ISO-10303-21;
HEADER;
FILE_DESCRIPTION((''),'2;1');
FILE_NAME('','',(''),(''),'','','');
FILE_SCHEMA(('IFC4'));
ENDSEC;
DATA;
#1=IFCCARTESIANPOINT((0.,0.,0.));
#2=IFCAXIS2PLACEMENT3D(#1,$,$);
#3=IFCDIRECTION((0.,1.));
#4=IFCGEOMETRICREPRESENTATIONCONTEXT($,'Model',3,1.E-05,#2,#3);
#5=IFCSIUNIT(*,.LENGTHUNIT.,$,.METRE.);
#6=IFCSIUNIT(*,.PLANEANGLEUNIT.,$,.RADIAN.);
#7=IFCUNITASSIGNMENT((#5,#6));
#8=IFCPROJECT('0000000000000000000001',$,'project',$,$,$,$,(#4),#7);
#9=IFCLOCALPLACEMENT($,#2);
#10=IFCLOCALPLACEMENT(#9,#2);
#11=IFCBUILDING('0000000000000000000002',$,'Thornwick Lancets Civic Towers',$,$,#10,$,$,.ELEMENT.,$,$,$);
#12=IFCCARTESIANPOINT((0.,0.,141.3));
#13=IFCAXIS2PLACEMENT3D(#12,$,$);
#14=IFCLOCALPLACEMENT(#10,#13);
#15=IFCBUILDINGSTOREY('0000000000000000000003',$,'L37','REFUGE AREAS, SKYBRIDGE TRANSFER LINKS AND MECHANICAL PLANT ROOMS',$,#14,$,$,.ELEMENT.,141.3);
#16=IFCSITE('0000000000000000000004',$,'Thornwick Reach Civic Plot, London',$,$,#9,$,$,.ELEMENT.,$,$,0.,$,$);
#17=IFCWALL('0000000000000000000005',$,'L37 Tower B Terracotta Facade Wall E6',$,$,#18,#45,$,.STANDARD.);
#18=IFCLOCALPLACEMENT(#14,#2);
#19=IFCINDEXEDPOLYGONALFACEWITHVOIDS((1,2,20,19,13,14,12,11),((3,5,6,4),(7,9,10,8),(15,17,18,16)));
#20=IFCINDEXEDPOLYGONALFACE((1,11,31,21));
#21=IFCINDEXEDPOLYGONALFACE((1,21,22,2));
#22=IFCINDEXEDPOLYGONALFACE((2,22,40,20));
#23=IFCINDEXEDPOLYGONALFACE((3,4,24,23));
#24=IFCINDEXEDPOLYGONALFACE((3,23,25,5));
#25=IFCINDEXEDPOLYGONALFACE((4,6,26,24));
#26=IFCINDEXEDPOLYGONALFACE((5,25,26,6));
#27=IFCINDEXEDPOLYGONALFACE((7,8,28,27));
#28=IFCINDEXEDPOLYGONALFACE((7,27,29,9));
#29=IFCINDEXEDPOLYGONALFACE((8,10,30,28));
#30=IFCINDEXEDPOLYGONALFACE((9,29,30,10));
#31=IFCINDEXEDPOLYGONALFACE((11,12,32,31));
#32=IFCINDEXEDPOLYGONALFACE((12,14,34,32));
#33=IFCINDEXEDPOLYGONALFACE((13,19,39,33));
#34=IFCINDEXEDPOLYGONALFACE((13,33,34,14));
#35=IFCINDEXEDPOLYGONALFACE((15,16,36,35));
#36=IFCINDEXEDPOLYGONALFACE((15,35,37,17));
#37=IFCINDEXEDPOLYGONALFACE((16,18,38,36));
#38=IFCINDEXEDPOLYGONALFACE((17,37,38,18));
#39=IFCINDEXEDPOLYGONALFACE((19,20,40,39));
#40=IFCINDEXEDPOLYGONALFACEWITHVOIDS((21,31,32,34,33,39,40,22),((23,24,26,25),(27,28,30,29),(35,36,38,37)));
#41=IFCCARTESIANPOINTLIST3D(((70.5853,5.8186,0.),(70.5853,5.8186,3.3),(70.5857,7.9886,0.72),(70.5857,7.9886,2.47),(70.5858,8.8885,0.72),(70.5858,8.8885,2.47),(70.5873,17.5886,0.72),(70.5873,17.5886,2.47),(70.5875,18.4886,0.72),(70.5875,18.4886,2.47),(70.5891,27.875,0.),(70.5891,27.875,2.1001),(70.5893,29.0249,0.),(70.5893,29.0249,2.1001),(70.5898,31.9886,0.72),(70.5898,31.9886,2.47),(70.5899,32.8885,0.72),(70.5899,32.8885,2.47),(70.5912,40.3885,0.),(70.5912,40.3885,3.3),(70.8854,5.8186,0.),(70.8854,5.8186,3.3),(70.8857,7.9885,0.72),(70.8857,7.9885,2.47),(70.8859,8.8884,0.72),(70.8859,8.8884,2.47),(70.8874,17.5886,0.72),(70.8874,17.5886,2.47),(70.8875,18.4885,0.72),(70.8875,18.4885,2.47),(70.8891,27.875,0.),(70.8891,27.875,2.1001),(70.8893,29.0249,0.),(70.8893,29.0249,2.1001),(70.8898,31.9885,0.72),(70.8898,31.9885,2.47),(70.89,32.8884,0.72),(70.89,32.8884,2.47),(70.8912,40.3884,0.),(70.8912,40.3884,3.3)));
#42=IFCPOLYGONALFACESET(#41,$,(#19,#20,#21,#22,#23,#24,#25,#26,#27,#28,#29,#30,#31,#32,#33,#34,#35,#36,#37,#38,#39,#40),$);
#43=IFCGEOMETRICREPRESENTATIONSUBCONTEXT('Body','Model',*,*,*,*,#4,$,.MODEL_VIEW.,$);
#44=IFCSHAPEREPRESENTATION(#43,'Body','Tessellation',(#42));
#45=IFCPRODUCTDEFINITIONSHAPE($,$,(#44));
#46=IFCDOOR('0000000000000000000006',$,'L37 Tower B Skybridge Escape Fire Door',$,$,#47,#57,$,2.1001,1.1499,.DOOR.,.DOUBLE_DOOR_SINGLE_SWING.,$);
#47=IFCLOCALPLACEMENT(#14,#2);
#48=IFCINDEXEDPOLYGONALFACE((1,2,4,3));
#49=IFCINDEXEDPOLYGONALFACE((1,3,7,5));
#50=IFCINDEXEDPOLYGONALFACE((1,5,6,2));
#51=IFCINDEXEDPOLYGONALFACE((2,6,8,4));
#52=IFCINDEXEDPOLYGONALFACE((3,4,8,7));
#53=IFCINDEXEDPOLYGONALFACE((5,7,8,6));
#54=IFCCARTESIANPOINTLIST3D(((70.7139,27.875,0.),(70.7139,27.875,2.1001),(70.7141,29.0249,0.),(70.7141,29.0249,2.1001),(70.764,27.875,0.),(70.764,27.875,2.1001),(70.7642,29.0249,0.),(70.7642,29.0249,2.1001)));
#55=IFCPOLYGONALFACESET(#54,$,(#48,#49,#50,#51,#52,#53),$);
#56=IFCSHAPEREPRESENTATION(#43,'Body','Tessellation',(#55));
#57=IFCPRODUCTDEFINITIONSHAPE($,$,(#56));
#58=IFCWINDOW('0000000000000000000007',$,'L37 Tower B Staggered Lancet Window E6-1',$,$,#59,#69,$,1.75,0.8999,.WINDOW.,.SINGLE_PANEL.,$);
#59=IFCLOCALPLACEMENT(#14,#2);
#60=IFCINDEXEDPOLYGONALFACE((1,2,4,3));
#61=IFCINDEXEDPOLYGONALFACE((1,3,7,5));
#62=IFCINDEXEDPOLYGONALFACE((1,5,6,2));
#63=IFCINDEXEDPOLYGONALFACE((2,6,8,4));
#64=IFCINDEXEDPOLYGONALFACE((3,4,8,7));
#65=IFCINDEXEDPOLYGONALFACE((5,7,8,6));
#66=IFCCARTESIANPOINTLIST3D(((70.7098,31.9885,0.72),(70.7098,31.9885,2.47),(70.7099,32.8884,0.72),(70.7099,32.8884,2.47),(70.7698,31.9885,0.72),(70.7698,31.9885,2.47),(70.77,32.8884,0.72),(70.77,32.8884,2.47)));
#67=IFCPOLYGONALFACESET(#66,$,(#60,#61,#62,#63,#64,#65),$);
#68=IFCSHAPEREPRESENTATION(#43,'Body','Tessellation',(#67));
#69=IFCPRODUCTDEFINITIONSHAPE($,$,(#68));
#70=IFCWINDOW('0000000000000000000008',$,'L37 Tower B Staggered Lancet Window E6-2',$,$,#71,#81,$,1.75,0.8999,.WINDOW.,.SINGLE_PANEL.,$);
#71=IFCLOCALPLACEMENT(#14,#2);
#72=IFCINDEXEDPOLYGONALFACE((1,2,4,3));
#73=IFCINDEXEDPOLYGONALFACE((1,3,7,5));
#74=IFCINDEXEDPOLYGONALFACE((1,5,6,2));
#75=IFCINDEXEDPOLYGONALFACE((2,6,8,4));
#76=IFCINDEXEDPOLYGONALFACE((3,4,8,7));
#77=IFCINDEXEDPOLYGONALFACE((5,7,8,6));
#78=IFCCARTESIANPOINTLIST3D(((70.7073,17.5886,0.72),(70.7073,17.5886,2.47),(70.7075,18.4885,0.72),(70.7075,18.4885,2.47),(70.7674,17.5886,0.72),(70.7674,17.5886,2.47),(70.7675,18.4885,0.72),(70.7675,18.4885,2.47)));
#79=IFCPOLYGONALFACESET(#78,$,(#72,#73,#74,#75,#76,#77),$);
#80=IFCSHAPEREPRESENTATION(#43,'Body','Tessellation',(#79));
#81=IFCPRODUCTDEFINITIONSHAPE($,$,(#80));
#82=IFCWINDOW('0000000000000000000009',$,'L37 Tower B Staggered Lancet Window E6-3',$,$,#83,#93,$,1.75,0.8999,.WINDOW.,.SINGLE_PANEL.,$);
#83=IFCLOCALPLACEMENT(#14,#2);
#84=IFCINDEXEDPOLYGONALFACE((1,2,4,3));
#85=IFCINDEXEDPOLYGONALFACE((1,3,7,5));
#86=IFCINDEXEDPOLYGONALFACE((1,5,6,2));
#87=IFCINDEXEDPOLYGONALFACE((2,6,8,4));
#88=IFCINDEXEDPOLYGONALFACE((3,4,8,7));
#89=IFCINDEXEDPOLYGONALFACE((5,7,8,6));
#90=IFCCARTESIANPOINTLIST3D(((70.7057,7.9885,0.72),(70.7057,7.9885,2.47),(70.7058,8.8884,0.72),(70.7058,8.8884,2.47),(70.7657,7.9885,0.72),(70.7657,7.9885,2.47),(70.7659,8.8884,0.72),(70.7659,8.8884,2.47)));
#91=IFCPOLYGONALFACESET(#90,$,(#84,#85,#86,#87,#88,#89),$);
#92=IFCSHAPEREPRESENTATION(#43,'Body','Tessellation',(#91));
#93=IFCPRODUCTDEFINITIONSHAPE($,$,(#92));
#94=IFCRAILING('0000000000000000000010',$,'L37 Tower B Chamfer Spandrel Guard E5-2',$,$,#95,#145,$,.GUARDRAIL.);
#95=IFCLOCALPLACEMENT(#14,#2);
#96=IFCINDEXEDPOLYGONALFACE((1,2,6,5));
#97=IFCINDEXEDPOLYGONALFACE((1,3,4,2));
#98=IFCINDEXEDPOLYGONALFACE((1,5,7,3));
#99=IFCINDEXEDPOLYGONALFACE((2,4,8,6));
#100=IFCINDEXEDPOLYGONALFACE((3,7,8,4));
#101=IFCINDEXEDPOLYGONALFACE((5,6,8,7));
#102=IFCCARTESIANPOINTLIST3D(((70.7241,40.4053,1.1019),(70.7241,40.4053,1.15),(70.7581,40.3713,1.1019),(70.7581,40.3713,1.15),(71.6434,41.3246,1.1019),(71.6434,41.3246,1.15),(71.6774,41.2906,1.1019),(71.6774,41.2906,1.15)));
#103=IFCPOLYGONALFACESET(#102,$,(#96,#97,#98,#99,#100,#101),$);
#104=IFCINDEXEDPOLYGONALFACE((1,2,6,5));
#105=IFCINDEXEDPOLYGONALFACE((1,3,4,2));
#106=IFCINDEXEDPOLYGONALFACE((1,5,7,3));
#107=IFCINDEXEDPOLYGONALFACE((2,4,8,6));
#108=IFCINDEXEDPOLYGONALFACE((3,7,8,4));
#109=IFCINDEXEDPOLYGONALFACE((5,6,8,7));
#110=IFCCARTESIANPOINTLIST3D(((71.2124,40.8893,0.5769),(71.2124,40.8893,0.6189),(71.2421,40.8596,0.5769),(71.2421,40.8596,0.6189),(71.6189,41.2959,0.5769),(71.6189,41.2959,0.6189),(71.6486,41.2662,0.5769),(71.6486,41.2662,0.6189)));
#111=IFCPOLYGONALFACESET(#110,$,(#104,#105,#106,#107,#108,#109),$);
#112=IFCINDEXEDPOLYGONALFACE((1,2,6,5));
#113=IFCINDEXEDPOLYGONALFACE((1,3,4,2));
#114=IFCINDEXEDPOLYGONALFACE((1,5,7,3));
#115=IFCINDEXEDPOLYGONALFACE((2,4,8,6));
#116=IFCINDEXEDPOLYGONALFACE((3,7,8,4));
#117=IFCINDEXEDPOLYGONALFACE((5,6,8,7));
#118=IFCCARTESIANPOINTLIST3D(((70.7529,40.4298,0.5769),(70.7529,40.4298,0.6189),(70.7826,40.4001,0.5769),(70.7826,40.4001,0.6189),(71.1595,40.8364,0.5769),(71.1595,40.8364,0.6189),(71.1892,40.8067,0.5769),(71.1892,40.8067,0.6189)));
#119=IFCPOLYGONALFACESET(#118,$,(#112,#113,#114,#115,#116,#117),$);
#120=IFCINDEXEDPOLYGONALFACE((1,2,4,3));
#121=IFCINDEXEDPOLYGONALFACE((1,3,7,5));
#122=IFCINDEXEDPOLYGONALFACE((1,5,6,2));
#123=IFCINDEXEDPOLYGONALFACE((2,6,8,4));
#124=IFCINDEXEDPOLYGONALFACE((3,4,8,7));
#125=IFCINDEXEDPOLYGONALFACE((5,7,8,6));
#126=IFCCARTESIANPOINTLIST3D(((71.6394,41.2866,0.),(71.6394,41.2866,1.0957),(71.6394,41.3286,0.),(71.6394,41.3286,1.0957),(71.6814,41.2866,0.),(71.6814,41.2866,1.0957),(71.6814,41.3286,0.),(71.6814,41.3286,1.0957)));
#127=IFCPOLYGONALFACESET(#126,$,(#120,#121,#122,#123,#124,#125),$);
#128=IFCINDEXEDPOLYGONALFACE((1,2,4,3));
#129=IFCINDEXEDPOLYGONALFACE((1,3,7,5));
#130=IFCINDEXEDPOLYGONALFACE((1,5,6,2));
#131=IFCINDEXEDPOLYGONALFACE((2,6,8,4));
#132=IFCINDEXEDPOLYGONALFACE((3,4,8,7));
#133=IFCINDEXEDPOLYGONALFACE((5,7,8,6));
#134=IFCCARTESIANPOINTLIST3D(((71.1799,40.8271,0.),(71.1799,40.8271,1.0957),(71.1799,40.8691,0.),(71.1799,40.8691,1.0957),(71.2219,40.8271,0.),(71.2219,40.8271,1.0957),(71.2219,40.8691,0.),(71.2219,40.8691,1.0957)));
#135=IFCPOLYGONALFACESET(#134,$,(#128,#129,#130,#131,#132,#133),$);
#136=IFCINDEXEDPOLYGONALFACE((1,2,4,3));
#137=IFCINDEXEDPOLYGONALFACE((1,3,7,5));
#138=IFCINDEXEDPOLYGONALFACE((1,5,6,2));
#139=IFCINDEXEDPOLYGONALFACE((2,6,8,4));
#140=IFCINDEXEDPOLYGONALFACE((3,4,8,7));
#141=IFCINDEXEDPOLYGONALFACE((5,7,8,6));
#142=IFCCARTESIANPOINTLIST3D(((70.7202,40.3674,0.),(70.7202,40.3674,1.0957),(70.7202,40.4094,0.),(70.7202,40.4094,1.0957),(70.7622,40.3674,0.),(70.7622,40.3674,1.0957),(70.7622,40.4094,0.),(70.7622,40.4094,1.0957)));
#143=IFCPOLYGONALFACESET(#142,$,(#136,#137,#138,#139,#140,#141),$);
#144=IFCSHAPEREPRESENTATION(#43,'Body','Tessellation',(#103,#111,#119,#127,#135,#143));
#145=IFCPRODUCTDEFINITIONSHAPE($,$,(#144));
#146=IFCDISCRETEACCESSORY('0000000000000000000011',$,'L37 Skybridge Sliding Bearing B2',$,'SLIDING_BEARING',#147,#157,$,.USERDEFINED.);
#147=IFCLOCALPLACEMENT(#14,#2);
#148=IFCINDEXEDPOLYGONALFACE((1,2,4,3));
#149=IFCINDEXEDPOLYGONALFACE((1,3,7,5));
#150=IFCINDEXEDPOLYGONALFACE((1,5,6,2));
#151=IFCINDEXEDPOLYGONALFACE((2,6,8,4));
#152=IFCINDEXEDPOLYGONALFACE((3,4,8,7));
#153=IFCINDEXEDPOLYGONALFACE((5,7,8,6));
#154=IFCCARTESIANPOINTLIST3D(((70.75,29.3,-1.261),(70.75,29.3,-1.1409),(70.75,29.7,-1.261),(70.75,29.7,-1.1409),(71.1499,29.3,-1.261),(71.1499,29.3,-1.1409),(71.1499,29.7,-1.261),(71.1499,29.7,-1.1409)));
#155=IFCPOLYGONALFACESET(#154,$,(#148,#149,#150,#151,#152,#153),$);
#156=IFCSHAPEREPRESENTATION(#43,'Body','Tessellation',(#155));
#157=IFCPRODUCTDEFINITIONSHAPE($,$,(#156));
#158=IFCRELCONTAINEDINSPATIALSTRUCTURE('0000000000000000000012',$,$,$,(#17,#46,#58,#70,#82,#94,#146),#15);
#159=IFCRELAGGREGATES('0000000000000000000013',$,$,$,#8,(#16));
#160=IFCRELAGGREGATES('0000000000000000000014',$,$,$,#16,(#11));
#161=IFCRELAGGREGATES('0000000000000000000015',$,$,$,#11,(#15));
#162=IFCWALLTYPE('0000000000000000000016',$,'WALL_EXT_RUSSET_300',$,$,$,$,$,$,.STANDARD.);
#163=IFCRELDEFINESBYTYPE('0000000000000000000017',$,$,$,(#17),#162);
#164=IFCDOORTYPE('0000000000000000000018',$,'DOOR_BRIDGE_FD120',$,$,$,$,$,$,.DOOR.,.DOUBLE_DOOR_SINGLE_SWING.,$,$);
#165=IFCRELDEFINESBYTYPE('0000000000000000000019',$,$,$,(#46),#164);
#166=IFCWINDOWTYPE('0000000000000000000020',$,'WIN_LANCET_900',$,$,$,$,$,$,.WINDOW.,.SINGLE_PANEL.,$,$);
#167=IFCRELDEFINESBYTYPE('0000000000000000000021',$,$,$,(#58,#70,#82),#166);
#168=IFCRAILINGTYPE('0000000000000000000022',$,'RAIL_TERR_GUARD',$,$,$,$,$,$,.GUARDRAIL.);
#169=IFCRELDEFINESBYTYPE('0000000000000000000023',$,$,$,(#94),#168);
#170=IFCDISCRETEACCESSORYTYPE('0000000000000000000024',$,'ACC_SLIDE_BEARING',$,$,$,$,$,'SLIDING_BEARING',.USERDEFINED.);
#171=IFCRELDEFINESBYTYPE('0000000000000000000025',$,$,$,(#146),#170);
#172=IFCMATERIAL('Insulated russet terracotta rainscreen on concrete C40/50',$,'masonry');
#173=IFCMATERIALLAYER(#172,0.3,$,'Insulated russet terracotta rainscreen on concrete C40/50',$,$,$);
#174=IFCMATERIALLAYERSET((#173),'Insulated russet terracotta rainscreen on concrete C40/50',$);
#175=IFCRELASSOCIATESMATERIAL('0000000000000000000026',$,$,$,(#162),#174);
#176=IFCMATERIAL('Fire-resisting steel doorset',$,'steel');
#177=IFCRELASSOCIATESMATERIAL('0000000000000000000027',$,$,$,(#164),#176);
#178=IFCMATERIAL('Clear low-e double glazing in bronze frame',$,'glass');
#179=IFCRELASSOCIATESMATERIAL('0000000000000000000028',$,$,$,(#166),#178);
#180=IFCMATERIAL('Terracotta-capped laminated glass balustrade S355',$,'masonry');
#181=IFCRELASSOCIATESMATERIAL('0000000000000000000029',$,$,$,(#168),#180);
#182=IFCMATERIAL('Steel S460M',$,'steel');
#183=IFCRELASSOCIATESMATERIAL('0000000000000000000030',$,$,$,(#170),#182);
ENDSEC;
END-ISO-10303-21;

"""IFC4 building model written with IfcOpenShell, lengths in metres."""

from ifc_helpers import new_model, si_unit, direction, frame, frame_2d, origin, origin_2d, place, context, subcontext, project, spatial, rectangle, extrude, material, layer, layer_set, type_object, element, fill, save


model = new_model("IFC4")

# Units and contexts
model_context = context("Model", 3, precision=1e-05, world=origin(), true_north=direction((0.0, 1.0)))
body_context = subcontext(model_context, "Body", "Model", "MODEL_VIEW")
ifc_project = project(units=[si_unit("LENGTHUNIT", "METRE"), si_unit("PLANEANGLEUNIT", "RADIAN")], contexts=[model_context])

# Site, building, storey
site_placement = place(None, origin())
site = spatial("IfcSite", under=ifc_project, at=site_placement, Name="Thornwick Reach Civic Plot, London", CompositionType="ELEMENT", RefElevation=0.0)
building_placement = place(site_placement, origin())
building = spatial("IfcBuilding", under=site, at=building_placement, Name="Thornwick Lancets Civic Towers", CompositionType="ELEMENT")
storey_placement = place(building_placement, frame((0.0, 0.0, 141.3)))
storey = spatial("IfcBuildingStorey", under=building, at=storey_placement, Name="L37", Description="REFUGE AREAS, SKYBRIDGE TRANSFER LINKS AND MECHANICAL PLANT ROOMS", CompositionType="ELEMENT", Elevation=141.3)

# Shared definitions
ifc_material_1 = material(Name="Steel S460M", Category="steel")

# Wall, openings, door, windows
ifc_material_2 = material(Name="Insulated russet terracotta rainscreen on concrete C40/50", Category="masonry")
ifc_layer_1 = layer(ifc_material_2, 0.3, Name="Insulated russet terracotta rainscreen on concrete C40/50")
ifc_layer_set_1 = layer_set([ifc_layer_1], Name="Insulated russet terracotta rainscreen on concrete C40/50")
wall_type = type_object("IfcWallType", Name="WALL_EXT_RUSSET_300", PredefinedType="STANDARD", material=ifc_layer_set_1)
wall_placement = place(storey_placement, frame((70.7412, 40.3884, 0.0), z_axis=(0.0, 0.0, 1.0), x_axis=(-0.000169, -1.0, 0.0)))
wall = element("IfcWall", 1, at=wall_placement, inside=storey, type_object=wall_type, Name="L37 Tower B Terracotta Facade Wall E6", PredefinedType="STANDARD", context=body_context, shape_type="SweptSolid", body=[
    extrude(rectangle(XDim=34.5698, YDim=0.3, at=frame_2d((17.2849, 0.0))), origin(), (0.0, 0.0, 1.0), 3.3),
])
opening_1_placement = place(wall_placement, frame((11.3635, 0.0, 0.0)))
opening_1 = element("IfcOpeningElement", 2, at=opening_1_placement, cuts=wall, PredefinedType="OPENING", context=body_context, shape_type="SweptSolid", body=[
    extrude(rectangle(XDim=1.1499, YDim=2.1001, at=frame_2d((0.575, 1.05))), frame((0.0, 0.1602, 0.0), z_axis=(0.0, -1.0, 0.0), x_axis=(1.0, 0.0, 0.0)), (0.0, 0.0, 1.0), 0.3201),
])
opening_2_placement = place(wall_placement, frame((7.5, 0.0, 0.72)))
opening_2 = element("IfcOpeningElement", 3, at=opening_2_placement, cuts=wall, PredefinedType="OPENING", context=body_context, shape_type="SweptSolid", body=[
    extrude(rectangle(XDim=0.8999, YDim=1.75, at=frame_2d((0.45, 0.875))), frame((0.0, 0.1602, 0.0), z_axis=(0.0, -1.0, 0.0), x_axis=(1.0, 0.0, 0.0)), (0.0, 0.0, 1.0), 0.3201),
])
opening_3_placement = place(wall_placement, frame((21.8999, 0.0, 0.72)))
opening_3 = element("IfcOpeningElement", 4, at=opening_3_placement, cuts=wall, PredefinedType="OPENING", context=body_context, shape_type="SweptSolid", body=[
    extrude(rectangle(XDim=0.8999, YDim=1.75, at=frame_2d((0.45, 0.875))), frame((0.0, 0.1602, 0.0), z_axis=(0.0, -1.0, 0.0), x_axis=(1.0, 0.0, 0.0)), (0.0, 0.0, 1.0), 0.3201),
])
opening_4_placement = place(wall_placement, frame((31.5, 0.0, 0.72)))
opening_4 = element("IfcOpeningElement", 5, at=opening_4_placement, cuts=wall, PredefinedType="OPENING", context=body_context, shape_type="SweptSolid", body=[
    extrude(rectangle(XDim=0.8999, YDim=1.75, at=frame_2d((0.45, 0.875))), frame((0.0, 0.1602, 0.0), z_axis=(0.0, -1.0, 0.0), x_axis=(1.0, 0.0, 0.0)), (0.0, 0.0, 1.0), 0.3201),
])
ifc_material_3 = material(Name="Fire-resisting steel doorset", Category="steel")
door_type = type_object("IfcDoorType", Name="DOOR_BRIDGE_FD120", OperationType="DOUBLE_DOOR_SINGLE_SWING", PredefinedType="DOOR", material=ifc_material_3)
door_placement = place(opening_1_placement, origin())
door = element("IfcDoor", 6, at=door_placement, inside=storey, type_object=door_type, Name="L37 Tower B Skybridge Escape Fire Door", OperationType="DOUBLE_DOOR_SINGLE_SWING", OverallHeight=2.1001, OverallWidth=1.1499, PredefinedType="DOOR", context=body_context, shape_type="SweptSolid", body=[
    extrude(rectangle(XDim=1.1499, YDim=2.1001, at=frame_2d((0.575, 1.05))), frame((0.0, 0.0249, 0.0), z_axis=(0.0, -1.0, 0.0), x_axis=(1.0, 0.0, 0.0)), (0.0, 0.0, 1.0), 0.05),
])
fill(opening_1, door)
ifc_material_4 = material(Name="Clear low-e double glazing in bronze frame", Category="glass")
window_type = type_object("IfcWindowType", Name="WIN_LANCET_900", PartitioningType="SINGLE_PANEL", PredefinedType="WINDOW", material=ifc_material_4)
window_1_placement = place(opening_2_placement, origin())
window_1 = element("IfcWindow", 7, at=window_1_placement, inside=storey, type_object=window_type, Name="L37 Tower B Staggered Lancet Window E6-1", OverallHeight=1.75, OverallWidth=0.8999, PartitioningType="SINGLE_PANEL", PredefinedType="WINDOW", context=body_context, shape_type="SweptSolid", body=[
    extrude(rectangle(XDim=0.8999, YDim=1.75, at=frame_2d((0.45, 0.875))), frame((0.0, 0.03, 0.0), z_axis=(0.0, -1.0, 0.0), x_axis=(1.0, 0.0, 0.0)), (0.0, 0.0, 1.0), 0.0601),
])
fill(opening_2, window_1)
window_2_placement = place(opening_3_placement, origin())
window_2 = element("IfcWindow", 8, at=window_2_placement, inside=storey, type_object=window_type, Name="L37 Tower B Staggered Lancet Window E6-2", OverallHeight=1.75, OverallWidth=0.8999, PartitioningType="SINGLE_PANEL", PredefinedType="WINDOW", context=body_context, shape_type="SweptSolid", body=[
    extrude(rectangle(XDim=0.8999, YDim=1.75, at=frame_2d((0.45, 0.875))), frame((0.0, 0.03, 0.0), z_axis=(0.0, -1.0, 0.0), x_axis=(1.0, 0.0, 0.0)), (0.0, 0.0, 1.0), 0.0601),
])
fill(opening_3, window_2)
window_3_placement = place(opening_4_placement, origin())
window_3 = element("IfcWindow", 9, at=window_3_placement, inside=storey, type_object=window_type, Name="L37 Tower B Staggered Lancet Window E6-3", OverallHeight=1.75, OverallWidth=0.8999, PartitioningType="SINGLE_PANEL", PredefinedType="WINDOW", context=body_context, shape_type="SweptSolid", body=[
    extrude(rectangle(XDim=0.8999, YDim=1.75, at=frame_2d((0.45, 0.875))), frame((0.0, 0.03, 0.0), z_axis=(0.0, -1.0, 0.0), x_axis=(1.0, 0.0, 0.0)), (0.0, 0.0, 1.0), 0.0601),
])
fill(opening_4, window_3)

# Railing
ifc_material_5 = material(Name="Terracotta-capped laminated glass balustrade S355", Category="masonry")
railing_type = type_object("IfcRailingType", Name="RAIL_TERR_GUARD", PredefinedType="GUARDRAIL", material=ifc_material_5)
railing_placement = place(storey_placement, frame((71.6604, 41.3076, 0.0)))
element("IfcRailing", 10, at=railing_placement, inside=storey, type_object=railing_type, Name="L37 Tower B Chamfer Spandrel Guard E5-2", PredefinedType="GUARDRAIL", context=body_context, shape_type="SweptSolid", body=[
    extrude(rectangle(XDim=0.0481, YDim=0.0481, at=origin_2d()), frame((0.0, 0.0, 1.126), z_axis=(-0.707107, -0.707107, 0.0), x_axis=(0.707107, -0.707107, 0.0)), (0.0, 0.0, 1.0), 1.3),
    extrude(rectangle(XDim=0.042, YDim=0.042, at=origin_2d()), frame((-0.0266, -0.0266, 0.5979), z_axis=(-0.707107, -0.707107, 0.0), x_axis=(0.707107, -0.707107, 0.0)), (0.0, 0.0, 1.0), 0.575),
    extrude(rectangle(XDim=0.042, YDim=0.042, at=origin_2d()), frame((-0.4861, -0.4861, 0.5979), z_axis=(-0.707107, -0.707107, 0.0), x_axis=(0.707107, -0.707107, 0.0)), (0.0, 0.0, 1.0), 0.575),
    extrude(rectangle(XDim=0.042, YDim=0.042, at=origin_2d()), origin(), (0.0, 0.0, 1.0), 1.0957),
    extrude(rectangle(XDim=0.042, YDim=0.042, at=origin_2d()), frame((-0.4595, -0.4595, 0.0)), (0.0, 0.0, 1.0), 1.0957),
    extrude(rectangle(XDim=0.042, YDim=0.042, at=origin_2d()), frame((-0.9192, -0.9192, 0.0)), (0.0, 0.0, 1.0), 1.0957),
])

# Discrete accessory
discrete_accessory_type = type_object("IfcDiscreteAccessoryType", Name="ACC_SLIDE_BEARING", ElementType="SLIDING_BEARING", PredefinedType="USERDEFINED", material=ifc_material_1)
discrete_accessory_placement = place(storey_placement, frame((70.95, 29.5, -1.261), z_axis=(0.0, 0.0, 1.0), x_axis=(1.0, 0.0, 0.0)))
element("IfcDiscreteAccessory", 11, at=discrete_accessory_placement, inside=storey, type_object=discrete_accessory_type, Name="L37 Skybridge Sliding Bearing B2", ObjectType="SLIDING_BEARING", PredefinedType="USERDEFINED", context=body_context, shape_type="SweptSolid", body=[
    extrude(rectangle(XDim=0.3999, YDim=0.3999, at=origin_2d()), origin(), (0.0, 0.0, 1.0), 0.1201),
])

save(model, "model.ifc")
